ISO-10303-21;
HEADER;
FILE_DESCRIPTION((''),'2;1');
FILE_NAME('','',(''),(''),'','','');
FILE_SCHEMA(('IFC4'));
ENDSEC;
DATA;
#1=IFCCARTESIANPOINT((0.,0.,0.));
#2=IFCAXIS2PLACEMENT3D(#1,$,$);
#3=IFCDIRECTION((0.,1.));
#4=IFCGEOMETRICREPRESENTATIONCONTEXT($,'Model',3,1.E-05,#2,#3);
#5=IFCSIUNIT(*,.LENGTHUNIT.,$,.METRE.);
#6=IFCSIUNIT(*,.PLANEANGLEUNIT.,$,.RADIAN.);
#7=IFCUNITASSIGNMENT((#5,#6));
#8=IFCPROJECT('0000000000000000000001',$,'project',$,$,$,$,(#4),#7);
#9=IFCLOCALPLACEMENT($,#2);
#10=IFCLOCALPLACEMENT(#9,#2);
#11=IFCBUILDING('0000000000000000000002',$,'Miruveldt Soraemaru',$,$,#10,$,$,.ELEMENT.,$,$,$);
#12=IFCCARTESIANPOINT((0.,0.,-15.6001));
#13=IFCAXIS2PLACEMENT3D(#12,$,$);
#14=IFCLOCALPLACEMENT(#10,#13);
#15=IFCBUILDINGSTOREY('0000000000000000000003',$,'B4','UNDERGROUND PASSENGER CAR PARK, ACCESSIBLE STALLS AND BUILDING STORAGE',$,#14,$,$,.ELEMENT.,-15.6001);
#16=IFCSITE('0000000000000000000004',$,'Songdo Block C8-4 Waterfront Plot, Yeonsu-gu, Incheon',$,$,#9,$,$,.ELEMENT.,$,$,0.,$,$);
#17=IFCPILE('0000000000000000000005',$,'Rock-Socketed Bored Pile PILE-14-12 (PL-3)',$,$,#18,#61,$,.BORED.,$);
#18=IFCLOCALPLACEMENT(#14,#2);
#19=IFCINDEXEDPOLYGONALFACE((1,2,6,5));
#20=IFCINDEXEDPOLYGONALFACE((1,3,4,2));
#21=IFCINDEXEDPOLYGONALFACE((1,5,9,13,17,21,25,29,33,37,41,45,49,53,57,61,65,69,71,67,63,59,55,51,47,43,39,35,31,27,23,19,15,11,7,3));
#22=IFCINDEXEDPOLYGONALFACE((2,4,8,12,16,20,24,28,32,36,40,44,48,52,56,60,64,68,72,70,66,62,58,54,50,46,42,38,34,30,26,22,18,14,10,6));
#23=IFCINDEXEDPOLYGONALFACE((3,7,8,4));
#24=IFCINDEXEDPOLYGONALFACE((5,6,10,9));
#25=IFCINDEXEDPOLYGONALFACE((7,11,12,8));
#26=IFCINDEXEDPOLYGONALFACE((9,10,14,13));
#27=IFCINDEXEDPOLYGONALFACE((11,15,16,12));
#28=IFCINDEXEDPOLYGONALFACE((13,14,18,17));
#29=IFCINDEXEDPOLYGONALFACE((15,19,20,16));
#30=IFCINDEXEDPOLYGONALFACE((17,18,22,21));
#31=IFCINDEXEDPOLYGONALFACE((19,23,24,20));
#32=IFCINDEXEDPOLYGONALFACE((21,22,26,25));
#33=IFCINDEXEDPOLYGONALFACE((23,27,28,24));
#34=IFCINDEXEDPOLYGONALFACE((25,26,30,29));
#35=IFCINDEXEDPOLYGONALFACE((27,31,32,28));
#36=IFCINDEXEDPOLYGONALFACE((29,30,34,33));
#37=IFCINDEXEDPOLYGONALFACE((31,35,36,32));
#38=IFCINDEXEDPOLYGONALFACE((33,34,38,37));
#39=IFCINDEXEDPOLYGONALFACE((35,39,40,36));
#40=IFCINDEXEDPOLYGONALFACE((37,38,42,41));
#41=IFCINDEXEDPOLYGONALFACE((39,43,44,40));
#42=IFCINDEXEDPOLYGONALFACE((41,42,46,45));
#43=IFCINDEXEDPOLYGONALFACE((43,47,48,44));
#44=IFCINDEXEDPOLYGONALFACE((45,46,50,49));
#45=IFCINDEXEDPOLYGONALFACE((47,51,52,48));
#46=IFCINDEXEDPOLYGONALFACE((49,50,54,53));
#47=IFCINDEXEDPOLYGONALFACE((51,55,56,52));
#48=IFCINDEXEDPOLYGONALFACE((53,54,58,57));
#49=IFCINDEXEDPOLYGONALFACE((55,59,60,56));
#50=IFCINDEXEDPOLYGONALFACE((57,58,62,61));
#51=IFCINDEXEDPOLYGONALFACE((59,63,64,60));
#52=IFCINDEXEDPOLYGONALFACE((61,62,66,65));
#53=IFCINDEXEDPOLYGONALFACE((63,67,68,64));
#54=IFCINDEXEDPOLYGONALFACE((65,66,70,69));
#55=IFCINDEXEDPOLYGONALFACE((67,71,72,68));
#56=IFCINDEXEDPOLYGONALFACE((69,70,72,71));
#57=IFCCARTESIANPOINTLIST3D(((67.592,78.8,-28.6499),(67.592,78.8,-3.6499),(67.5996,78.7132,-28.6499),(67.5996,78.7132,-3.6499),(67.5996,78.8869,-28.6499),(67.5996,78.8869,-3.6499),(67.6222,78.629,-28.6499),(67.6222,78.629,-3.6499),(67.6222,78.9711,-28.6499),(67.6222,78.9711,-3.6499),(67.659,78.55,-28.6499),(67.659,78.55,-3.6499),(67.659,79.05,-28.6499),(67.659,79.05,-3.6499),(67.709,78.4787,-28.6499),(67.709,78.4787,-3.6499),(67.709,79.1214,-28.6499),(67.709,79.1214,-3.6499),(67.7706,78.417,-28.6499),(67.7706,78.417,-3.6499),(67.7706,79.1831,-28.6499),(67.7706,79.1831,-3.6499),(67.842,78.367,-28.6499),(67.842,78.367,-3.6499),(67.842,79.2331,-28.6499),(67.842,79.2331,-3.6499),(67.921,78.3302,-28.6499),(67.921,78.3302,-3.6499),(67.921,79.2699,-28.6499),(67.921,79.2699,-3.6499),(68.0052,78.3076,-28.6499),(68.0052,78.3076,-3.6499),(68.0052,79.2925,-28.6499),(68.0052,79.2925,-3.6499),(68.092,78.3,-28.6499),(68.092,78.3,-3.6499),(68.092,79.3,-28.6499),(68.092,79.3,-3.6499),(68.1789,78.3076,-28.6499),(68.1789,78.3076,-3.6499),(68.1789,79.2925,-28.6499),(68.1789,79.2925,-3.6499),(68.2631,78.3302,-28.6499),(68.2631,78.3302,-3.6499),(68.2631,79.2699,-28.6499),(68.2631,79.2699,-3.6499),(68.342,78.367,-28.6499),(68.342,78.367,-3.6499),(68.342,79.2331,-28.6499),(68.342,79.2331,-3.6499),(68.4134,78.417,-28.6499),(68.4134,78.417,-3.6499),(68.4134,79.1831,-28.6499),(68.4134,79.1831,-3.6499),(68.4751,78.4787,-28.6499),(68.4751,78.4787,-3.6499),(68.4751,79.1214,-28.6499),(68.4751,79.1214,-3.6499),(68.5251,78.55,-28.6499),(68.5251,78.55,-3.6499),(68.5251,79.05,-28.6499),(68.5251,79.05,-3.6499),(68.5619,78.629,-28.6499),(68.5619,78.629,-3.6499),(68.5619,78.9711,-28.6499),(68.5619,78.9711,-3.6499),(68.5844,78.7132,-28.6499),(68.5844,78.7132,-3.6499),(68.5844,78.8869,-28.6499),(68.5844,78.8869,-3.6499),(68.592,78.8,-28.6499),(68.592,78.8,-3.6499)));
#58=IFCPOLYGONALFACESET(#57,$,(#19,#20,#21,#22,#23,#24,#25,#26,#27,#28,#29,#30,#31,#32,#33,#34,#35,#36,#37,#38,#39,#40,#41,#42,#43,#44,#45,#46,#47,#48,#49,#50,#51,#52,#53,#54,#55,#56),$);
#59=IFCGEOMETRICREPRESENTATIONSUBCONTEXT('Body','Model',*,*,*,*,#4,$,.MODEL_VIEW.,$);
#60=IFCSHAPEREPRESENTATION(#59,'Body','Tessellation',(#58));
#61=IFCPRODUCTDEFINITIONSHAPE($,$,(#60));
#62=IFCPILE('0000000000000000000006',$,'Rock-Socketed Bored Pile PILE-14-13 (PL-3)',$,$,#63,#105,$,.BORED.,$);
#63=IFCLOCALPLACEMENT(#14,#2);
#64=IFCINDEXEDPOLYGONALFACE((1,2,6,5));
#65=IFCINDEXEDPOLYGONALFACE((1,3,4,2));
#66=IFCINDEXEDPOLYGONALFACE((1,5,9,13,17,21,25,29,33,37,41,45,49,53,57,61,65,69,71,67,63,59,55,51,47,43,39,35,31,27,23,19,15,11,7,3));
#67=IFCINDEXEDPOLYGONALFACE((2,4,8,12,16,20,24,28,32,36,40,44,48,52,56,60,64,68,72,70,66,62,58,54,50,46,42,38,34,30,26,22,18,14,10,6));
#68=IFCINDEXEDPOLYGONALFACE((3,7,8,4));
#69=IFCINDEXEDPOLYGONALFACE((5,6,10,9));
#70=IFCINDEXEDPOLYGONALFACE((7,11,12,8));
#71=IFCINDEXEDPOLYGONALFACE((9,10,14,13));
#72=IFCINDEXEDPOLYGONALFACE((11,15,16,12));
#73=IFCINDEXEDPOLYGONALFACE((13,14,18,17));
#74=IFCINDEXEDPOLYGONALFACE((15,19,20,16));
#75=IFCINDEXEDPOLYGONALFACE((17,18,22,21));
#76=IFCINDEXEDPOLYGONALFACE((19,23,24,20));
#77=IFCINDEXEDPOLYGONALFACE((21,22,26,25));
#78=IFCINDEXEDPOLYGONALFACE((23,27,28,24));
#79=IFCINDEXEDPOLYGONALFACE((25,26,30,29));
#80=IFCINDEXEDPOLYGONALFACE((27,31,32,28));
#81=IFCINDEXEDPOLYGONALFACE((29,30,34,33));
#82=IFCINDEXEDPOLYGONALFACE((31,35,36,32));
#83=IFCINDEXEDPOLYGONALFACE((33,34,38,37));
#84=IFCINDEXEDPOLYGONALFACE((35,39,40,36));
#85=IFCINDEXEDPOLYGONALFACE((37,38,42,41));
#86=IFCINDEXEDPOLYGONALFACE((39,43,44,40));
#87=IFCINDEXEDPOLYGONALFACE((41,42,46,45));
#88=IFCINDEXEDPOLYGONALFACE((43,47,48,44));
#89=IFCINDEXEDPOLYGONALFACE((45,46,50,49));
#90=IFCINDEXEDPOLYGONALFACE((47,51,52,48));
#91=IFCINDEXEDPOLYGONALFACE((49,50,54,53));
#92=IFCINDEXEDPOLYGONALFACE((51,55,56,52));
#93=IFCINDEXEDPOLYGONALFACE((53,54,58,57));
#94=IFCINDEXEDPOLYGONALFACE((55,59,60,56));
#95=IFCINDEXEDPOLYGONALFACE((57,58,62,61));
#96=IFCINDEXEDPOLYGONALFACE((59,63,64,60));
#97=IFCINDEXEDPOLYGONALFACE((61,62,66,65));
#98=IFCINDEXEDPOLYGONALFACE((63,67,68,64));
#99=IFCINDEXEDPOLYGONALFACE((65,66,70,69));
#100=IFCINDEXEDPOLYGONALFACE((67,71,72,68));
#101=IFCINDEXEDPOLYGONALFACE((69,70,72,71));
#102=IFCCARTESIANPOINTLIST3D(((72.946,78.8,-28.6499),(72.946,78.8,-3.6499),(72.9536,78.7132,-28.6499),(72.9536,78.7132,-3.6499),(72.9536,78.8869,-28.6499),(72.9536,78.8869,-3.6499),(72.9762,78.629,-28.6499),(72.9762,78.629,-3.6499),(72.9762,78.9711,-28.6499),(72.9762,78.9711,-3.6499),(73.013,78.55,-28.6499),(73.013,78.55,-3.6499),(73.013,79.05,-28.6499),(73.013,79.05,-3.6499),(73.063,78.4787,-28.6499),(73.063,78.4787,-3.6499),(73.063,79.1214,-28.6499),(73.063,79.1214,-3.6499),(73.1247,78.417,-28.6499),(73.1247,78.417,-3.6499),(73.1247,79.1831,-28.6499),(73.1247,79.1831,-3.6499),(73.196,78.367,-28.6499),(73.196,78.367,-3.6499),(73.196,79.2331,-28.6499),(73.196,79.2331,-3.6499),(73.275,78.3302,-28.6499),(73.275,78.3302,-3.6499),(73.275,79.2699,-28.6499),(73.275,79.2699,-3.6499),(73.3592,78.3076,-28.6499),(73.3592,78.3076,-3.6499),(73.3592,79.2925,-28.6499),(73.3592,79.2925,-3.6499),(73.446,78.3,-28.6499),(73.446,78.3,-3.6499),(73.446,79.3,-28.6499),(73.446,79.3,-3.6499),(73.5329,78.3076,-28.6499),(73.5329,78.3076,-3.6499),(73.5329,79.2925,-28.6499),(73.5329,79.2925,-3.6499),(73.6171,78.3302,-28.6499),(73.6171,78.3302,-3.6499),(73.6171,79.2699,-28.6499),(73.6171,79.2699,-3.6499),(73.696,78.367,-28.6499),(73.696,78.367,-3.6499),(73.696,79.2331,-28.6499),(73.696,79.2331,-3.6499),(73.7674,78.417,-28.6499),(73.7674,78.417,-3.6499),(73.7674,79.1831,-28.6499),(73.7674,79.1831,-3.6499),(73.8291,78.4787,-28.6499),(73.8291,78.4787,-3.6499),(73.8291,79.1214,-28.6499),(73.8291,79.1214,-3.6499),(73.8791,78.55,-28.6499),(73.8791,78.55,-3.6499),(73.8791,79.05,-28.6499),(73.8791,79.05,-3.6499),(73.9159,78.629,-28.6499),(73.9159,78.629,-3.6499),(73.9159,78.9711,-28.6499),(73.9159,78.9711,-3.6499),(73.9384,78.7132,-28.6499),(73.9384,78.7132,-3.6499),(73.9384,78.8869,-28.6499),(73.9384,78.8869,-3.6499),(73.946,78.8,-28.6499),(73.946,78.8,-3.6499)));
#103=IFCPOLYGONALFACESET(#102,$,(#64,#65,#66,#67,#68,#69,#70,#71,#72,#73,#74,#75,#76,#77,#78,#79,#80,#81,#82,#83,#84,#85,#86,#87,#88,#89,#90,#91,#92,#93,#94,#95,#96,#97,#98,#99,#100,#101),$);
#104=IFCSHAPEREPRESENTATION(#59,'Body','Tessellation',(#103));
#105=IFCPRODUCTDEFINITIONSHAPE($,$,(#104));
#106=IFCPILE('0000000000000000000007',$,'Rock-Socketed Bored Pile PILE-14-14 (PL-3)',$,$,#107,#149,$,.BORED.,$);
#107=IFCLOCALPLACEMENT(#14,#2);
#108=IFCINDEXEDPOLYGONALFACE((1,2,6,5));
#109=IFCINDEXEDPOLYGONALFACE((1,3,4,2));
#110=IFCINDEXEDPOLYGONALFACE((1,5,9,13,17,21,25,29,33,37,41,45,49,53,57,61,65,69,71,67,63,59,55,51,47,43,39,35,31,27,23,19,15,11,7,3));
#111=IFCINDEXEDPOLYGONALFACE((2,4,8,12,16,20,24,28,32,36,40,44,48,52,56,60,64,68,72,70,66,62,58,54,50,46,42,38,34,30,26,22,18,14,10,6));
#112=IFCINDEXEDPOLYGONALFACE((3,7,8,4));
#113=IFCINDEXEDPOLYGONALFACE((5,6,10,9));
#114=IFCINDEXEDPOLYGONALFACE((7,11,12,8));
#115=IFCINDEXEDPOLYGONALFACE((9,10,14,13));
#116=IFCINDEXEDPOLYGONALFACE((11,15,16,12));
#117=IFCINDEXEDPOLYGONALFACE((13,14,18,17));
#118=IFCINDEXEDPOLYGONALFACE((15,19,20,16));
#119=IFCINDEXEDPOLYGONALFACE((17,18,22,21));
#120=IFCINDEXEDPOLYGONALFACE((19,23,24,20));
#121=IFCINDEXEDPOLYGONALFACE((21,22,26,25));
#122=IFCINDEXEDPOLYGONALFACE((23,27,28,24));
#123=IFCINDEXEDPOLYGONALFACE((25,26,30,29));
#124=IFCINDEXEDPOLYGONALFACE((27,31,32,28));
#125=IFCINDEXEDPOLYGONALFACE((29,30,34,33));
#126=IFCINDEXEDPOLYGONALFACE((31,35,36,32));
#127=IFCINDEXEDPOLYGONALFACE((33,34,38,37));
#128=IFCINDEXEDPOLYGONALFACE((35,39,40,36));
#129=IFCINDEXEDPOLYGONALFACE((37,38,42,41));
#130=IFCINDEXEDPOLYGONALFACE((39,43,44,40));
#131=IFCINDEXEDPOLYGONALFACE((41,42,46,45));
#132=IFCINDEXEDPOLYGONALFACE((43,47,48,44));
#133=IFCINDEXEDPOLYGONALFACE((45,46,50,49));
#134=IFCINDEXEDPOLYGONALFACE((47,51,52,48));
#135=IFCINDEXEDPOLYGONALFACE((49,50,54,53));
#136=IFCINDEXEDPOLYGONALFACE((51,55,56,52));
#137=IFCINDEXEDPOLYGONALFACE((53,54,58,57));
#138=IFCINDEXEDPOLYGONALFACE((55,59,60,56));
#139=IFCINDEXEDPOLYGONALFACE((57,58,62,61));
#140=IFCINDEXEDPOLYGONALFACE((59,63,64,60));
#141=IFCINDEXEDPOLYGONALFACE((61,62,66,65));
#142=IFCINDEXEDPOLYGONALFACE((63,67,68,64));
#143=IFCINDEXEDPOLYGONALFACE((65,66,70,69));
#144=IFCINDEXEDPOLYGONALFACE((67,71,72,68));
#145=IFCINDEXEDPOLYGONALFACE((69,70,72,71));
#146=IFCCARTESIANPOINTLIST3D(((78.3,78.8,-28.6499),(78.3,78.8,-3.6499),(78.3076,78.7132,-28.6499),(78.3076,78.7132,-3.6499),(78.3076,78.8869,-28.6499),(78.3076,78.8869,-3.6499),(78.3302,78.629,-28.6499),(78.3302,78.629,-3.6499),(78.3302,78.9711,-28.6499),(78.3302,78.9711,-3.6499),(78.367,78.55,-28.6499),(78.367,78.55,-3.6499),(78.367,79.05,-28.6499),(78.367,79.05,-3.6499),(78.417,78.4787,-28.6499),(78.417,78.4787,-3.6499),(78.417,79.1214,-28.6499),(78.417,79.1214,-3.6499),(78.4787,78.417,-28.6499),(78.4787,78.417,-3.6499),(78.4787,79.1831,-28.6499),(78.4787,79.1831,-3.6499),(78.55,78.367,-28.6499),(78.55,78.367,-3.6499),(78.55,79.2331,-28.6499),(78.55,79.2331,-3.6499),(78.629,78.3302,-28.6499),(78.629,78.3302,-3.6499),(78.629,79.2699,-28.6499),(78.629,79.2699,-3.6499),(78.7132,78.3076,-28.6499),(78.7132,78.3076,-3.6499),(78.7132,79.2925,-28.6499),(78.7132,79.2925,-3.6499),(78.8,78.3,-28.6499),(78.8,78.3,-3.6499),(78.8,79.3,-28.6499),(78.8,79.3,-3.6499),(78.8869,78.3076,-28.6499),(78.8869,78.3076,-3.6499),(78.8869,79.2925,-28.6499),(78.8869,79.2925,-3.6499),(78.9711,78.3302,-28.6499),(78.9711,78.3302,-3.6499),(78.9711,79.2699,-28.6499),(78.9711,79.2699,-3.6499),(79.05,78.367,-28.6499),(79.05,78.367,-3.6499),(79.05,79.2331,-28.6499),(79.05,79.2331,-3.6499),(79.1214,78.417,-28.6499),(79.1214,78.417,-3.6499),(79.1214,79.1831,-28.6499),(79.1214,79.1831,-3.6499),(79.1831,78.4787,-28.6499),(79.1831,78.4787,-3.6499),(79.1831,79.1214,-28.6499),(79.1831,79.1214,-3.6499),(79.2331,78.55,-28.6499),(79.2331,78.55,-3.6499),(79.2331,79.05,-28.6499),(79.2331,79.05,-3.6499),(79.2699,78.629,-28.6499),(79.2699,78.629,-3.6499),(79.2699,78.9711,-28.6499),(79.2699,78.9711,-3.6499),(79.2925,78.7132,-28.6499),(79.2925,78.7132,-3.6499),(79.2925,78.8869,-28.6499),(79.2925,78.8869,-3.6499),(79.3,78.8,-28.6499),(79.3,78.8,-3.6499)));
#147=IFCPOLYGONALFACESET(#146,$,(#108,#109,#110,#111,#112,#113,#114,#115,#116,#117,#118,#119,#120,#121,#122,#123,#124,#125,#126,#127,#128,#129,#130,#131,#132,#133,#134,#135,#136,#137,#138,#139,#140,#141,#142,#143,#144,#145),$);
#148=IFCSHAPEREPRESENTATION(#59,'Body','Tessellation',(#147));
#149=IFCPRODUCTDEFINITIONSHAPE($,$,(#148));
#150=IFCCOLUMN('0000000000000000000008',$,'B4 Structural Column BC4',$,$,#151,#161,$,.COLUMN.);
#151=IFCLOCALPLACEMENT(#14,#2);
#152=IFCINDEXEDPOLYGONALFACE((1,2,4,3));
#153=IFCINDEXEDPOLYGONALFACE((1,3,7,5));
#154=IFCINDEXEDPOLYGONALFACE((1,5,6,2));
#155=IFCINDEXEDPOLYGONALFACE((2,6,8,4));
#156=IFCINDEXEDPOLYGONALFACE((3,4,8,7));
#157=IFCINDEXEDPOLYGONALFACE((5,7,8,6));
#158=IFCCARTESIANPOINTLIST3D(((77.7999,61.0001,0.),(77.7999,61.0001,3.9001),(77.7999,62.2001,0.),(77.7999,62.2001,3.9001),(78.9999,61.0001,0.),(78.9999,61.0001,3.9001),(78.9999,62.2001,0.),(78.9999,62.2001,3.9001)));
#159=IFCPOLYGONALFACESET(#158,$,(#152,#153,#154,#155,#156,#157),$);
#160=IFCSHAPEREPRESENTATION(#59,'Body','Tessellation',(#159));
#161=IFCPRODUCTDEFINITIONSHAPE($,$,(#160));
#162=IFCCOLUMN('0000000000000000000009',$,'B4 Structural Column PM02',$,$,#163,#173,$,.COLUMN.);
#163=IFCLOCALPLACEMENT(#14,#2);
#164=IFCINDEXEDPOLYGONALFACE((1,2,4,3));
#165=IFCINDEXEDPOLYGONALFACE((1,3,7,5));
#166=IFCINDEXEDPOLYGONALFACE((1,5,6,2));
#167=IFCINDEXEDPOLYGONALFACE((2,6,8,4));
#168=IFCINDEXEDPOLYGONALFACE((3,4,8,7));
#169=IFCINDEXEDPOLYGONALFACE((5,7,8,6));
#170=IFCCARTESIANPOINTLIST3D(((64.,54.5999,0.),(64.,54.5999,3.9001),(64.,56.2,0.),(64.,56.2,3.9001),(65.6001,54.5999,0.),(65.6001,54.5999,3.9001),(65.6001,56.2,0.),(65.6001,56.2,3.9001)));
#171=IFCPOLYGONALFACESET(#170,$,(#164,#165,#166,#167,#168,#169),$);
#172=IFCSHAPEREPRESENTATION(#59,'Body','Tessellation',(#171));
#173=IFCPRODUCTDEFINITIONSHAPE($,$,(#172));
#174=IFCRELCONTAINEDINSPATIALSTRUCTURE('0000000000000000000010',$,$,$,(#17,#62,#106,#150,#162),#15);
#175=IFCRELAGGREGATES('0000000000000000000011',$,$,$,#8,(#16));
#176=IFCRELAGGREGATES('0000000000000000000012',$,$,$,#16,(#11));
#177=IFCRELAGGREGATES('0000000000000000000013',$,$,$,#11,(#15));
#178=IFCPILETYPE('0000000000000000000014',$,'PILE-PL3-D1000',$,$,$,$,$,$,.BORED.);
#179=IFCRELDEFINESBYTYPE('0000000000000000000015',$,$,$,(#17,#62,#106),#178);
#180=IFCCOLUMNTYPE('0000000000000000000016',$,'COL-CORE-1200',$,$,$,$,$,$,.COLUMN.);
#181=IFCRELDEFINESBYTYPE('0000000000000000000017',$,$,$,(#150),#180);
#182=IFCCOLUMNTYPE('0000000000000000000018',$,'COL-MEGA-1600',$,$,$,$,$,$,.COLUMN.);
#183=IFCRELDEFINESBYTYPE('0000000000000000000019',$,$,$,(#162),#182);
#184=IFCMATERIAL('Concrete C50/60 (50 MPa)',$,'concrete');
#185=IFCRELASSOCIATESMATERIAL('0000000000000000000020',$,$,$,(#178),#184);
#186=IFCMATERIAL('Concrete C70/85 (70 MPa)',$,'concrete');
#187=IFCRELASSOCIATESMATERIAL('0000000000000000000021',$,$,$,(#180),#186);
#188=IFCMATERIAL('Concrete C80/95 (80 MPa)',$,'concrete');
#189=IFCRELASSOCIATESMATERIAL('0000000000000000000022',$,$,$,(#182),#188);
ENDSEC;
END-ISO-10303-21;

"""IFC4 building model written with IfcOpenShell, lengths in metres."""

from ifc_helpers import new_model, si_unit, direction, frame, origin, origin_2d, place, context, subcontext, project, spatial, rectangle, circle, extrude, material, material_profile, profile_set, type_object, element, save


model = new_model("IFC4")

# Units and contexts
model_context = context("Model", 3, precision=1e-05, world=origin(), true_north=direction((0.0, 1.0)))
body_context = subcontext(model_context, "Body", "Model", "MODEL_VIEW")
ifc_project = project(units=[si_unit("LENGTHUNIT", "METRE"), si_unit("PLANEANGLEUNIT", "RADIAN")], contexts=[model_context])

# Site, building, storey
site_placement = place(None, origin())
site = spatial("IfcSite", under=ifc_project, at=site_placement, Name="Songdo Block C8-4 Waterfront Plot, Yeonsu-gu, Incheon", CompositionType="ELEMENT", RefElevation=0.0)
building_placement = place(site_placement, origin())
building = spatial("IfcBuilding", under=site, at=building_placement, Name="Miruveldt Soraemaru", CompositionType="ELEMENT")
storey_placement = place(building_placement, frame((0.0, 0.0, -15.6001)))
storey = spatial("IfcBuildingStorey", under=building, at=storey_placement, Name="B4", Description="UNDERGROUND PASSENGER CAR PARK, ACCESSIBLE STALLS AND BUILDING STORAGE", CompositionType="ELEMENT", Elevation=-15.6001)

# Piles
ifc_material_1 = material(Name="Concrete C50/60 (50 MPa)", Category="concrete")
ifc_material_profile_1 = material_profile(ifc_material_1, circle(Radius=0.5, at=origin_2d()), Name="Concrete C50/60 (50 MPa)", Category="concrete")
ifc_profile_set_1 = profile_set([ifc_material_profile_1], Name="Concrete C50/60 (50 MPa)")
pile_type_1 = type_object("IfcPileType", Name="PILE-PL3-D1000", PredefinedType="BORED", material=ifc_profile_set_1)
for number, where, z_axis, x_axis, name in (
    (1, (68.092, 78.8, -3.6499), (0.0, 0.0, -1.0), (1.0, 0.0, 0.0), "Rock-Socketed Bored Pile PILE-14-12 (PL-3)"),
    (2, (73.446, 78.8, -3.6499), (0.0, 0.0, -1.0), (1.0, 0.0, 0.0), "Rock-Socketed Bored Pile PILE-14-13 (PL-3)"),
    (3, (78.8, 78.8, -3.6499), (0.0, 0.0, -1.0), (1.0, 0.0, 0.0), "Rock-Socketed Bored Pile PILE-14-14 (PL-3)"),
):
    element("IfcPile", number, at=place(storey_placement, frame(where, z_axis=z_axis, x_axis=x_axis)), inside=storey, type_object=pile_type_1, Name=name, PredefinedType="BORED", context=body_context, shape_type="SweptSolid", body=[
        extrude(circle(Radius=0.5, at=origin_2d()), origin(), (0.0, 0.0, 1.0), 25.0),
    ])

# Columns
ifc_material_2 = material(Name="Concrete C70/85 (70 MPa)", Category="concrete")
ifc_material_profile_2 = material_profile(ifc_material_2, rectangle(XDim=1.2, YDim=1.2, at=origin_2d()), Name="Concrete C70/85 (70 MPa)", Category="concrete")
ifc_profile_set_2 = profile_set([ifc_material_profile_2], Name="Concrete C70/85 (70 MPa)")
column_type_1 = type_object("IfcColumnType", Name="COL-CORE-1200", PredefinedType="COLUMN", material=ifc_profile_set_2)
column_1_placement = place(storey_placement, frame((78.3999, 61.6001, 0.0), z_axis=(0.0, 0.0, 1.0), x_axis=(1.0, 0.0, 0.0)))
element("IfcColumn", 4, at=column_1_placement, inside=storey, type_object=column_type_1, Name="B4 Structural Column BC4", PredefinedType="COLUMN", context=body_context, shape_type="SweptSolid", body=[
    extrude(rectangle(XDim=1.2, YDim=1.2, at=origin_2d()), origin(), (0.0, 0.0, 1.0), 3.9001),
])
ifc_material_3 = material(Name="Concrete C80/95 (80 MPa)", Category="concrete")
ifc_material_profile_3 = material_profile(ifc_material_3, rectangle(XDim=1.6001, YDim=1.6001, at=origin_2d()), Name="Concrete C80/95 (80 MPa)", Category="concrete")
ifc_profile_set_3 = profile_set([ifc_material_profile_3], Name="Concrete C80/95 (80 MPa)")
column_type_2 = type_object("IfcColumnType", Name="COL-MEGA-1600", PredefinedType="COLUMN", material=ifc_profile_set_3)
column_2_placement = place(storey_placement, frame((64.8, 55.3999, 0.0), z_axis=(0.0, 0.0, 1.0), x_axis=(1.0, 0.0, 0.0)))
element("IfcColumn", 5, at=column_2_placement, inside=storey, type_object=column_type_2, Name="B4 Structural Column PM02", PredefinedType="COLUMN", context=body_context, shape_type="SweptSolid", body=[
    extrude(rectangle(XDim=1.6001, YDim=1.6001, at=origin_2d()), origin(), (0.0, 0.0, 1.0), 3.9001),
])

save(model, "model.ifc")
